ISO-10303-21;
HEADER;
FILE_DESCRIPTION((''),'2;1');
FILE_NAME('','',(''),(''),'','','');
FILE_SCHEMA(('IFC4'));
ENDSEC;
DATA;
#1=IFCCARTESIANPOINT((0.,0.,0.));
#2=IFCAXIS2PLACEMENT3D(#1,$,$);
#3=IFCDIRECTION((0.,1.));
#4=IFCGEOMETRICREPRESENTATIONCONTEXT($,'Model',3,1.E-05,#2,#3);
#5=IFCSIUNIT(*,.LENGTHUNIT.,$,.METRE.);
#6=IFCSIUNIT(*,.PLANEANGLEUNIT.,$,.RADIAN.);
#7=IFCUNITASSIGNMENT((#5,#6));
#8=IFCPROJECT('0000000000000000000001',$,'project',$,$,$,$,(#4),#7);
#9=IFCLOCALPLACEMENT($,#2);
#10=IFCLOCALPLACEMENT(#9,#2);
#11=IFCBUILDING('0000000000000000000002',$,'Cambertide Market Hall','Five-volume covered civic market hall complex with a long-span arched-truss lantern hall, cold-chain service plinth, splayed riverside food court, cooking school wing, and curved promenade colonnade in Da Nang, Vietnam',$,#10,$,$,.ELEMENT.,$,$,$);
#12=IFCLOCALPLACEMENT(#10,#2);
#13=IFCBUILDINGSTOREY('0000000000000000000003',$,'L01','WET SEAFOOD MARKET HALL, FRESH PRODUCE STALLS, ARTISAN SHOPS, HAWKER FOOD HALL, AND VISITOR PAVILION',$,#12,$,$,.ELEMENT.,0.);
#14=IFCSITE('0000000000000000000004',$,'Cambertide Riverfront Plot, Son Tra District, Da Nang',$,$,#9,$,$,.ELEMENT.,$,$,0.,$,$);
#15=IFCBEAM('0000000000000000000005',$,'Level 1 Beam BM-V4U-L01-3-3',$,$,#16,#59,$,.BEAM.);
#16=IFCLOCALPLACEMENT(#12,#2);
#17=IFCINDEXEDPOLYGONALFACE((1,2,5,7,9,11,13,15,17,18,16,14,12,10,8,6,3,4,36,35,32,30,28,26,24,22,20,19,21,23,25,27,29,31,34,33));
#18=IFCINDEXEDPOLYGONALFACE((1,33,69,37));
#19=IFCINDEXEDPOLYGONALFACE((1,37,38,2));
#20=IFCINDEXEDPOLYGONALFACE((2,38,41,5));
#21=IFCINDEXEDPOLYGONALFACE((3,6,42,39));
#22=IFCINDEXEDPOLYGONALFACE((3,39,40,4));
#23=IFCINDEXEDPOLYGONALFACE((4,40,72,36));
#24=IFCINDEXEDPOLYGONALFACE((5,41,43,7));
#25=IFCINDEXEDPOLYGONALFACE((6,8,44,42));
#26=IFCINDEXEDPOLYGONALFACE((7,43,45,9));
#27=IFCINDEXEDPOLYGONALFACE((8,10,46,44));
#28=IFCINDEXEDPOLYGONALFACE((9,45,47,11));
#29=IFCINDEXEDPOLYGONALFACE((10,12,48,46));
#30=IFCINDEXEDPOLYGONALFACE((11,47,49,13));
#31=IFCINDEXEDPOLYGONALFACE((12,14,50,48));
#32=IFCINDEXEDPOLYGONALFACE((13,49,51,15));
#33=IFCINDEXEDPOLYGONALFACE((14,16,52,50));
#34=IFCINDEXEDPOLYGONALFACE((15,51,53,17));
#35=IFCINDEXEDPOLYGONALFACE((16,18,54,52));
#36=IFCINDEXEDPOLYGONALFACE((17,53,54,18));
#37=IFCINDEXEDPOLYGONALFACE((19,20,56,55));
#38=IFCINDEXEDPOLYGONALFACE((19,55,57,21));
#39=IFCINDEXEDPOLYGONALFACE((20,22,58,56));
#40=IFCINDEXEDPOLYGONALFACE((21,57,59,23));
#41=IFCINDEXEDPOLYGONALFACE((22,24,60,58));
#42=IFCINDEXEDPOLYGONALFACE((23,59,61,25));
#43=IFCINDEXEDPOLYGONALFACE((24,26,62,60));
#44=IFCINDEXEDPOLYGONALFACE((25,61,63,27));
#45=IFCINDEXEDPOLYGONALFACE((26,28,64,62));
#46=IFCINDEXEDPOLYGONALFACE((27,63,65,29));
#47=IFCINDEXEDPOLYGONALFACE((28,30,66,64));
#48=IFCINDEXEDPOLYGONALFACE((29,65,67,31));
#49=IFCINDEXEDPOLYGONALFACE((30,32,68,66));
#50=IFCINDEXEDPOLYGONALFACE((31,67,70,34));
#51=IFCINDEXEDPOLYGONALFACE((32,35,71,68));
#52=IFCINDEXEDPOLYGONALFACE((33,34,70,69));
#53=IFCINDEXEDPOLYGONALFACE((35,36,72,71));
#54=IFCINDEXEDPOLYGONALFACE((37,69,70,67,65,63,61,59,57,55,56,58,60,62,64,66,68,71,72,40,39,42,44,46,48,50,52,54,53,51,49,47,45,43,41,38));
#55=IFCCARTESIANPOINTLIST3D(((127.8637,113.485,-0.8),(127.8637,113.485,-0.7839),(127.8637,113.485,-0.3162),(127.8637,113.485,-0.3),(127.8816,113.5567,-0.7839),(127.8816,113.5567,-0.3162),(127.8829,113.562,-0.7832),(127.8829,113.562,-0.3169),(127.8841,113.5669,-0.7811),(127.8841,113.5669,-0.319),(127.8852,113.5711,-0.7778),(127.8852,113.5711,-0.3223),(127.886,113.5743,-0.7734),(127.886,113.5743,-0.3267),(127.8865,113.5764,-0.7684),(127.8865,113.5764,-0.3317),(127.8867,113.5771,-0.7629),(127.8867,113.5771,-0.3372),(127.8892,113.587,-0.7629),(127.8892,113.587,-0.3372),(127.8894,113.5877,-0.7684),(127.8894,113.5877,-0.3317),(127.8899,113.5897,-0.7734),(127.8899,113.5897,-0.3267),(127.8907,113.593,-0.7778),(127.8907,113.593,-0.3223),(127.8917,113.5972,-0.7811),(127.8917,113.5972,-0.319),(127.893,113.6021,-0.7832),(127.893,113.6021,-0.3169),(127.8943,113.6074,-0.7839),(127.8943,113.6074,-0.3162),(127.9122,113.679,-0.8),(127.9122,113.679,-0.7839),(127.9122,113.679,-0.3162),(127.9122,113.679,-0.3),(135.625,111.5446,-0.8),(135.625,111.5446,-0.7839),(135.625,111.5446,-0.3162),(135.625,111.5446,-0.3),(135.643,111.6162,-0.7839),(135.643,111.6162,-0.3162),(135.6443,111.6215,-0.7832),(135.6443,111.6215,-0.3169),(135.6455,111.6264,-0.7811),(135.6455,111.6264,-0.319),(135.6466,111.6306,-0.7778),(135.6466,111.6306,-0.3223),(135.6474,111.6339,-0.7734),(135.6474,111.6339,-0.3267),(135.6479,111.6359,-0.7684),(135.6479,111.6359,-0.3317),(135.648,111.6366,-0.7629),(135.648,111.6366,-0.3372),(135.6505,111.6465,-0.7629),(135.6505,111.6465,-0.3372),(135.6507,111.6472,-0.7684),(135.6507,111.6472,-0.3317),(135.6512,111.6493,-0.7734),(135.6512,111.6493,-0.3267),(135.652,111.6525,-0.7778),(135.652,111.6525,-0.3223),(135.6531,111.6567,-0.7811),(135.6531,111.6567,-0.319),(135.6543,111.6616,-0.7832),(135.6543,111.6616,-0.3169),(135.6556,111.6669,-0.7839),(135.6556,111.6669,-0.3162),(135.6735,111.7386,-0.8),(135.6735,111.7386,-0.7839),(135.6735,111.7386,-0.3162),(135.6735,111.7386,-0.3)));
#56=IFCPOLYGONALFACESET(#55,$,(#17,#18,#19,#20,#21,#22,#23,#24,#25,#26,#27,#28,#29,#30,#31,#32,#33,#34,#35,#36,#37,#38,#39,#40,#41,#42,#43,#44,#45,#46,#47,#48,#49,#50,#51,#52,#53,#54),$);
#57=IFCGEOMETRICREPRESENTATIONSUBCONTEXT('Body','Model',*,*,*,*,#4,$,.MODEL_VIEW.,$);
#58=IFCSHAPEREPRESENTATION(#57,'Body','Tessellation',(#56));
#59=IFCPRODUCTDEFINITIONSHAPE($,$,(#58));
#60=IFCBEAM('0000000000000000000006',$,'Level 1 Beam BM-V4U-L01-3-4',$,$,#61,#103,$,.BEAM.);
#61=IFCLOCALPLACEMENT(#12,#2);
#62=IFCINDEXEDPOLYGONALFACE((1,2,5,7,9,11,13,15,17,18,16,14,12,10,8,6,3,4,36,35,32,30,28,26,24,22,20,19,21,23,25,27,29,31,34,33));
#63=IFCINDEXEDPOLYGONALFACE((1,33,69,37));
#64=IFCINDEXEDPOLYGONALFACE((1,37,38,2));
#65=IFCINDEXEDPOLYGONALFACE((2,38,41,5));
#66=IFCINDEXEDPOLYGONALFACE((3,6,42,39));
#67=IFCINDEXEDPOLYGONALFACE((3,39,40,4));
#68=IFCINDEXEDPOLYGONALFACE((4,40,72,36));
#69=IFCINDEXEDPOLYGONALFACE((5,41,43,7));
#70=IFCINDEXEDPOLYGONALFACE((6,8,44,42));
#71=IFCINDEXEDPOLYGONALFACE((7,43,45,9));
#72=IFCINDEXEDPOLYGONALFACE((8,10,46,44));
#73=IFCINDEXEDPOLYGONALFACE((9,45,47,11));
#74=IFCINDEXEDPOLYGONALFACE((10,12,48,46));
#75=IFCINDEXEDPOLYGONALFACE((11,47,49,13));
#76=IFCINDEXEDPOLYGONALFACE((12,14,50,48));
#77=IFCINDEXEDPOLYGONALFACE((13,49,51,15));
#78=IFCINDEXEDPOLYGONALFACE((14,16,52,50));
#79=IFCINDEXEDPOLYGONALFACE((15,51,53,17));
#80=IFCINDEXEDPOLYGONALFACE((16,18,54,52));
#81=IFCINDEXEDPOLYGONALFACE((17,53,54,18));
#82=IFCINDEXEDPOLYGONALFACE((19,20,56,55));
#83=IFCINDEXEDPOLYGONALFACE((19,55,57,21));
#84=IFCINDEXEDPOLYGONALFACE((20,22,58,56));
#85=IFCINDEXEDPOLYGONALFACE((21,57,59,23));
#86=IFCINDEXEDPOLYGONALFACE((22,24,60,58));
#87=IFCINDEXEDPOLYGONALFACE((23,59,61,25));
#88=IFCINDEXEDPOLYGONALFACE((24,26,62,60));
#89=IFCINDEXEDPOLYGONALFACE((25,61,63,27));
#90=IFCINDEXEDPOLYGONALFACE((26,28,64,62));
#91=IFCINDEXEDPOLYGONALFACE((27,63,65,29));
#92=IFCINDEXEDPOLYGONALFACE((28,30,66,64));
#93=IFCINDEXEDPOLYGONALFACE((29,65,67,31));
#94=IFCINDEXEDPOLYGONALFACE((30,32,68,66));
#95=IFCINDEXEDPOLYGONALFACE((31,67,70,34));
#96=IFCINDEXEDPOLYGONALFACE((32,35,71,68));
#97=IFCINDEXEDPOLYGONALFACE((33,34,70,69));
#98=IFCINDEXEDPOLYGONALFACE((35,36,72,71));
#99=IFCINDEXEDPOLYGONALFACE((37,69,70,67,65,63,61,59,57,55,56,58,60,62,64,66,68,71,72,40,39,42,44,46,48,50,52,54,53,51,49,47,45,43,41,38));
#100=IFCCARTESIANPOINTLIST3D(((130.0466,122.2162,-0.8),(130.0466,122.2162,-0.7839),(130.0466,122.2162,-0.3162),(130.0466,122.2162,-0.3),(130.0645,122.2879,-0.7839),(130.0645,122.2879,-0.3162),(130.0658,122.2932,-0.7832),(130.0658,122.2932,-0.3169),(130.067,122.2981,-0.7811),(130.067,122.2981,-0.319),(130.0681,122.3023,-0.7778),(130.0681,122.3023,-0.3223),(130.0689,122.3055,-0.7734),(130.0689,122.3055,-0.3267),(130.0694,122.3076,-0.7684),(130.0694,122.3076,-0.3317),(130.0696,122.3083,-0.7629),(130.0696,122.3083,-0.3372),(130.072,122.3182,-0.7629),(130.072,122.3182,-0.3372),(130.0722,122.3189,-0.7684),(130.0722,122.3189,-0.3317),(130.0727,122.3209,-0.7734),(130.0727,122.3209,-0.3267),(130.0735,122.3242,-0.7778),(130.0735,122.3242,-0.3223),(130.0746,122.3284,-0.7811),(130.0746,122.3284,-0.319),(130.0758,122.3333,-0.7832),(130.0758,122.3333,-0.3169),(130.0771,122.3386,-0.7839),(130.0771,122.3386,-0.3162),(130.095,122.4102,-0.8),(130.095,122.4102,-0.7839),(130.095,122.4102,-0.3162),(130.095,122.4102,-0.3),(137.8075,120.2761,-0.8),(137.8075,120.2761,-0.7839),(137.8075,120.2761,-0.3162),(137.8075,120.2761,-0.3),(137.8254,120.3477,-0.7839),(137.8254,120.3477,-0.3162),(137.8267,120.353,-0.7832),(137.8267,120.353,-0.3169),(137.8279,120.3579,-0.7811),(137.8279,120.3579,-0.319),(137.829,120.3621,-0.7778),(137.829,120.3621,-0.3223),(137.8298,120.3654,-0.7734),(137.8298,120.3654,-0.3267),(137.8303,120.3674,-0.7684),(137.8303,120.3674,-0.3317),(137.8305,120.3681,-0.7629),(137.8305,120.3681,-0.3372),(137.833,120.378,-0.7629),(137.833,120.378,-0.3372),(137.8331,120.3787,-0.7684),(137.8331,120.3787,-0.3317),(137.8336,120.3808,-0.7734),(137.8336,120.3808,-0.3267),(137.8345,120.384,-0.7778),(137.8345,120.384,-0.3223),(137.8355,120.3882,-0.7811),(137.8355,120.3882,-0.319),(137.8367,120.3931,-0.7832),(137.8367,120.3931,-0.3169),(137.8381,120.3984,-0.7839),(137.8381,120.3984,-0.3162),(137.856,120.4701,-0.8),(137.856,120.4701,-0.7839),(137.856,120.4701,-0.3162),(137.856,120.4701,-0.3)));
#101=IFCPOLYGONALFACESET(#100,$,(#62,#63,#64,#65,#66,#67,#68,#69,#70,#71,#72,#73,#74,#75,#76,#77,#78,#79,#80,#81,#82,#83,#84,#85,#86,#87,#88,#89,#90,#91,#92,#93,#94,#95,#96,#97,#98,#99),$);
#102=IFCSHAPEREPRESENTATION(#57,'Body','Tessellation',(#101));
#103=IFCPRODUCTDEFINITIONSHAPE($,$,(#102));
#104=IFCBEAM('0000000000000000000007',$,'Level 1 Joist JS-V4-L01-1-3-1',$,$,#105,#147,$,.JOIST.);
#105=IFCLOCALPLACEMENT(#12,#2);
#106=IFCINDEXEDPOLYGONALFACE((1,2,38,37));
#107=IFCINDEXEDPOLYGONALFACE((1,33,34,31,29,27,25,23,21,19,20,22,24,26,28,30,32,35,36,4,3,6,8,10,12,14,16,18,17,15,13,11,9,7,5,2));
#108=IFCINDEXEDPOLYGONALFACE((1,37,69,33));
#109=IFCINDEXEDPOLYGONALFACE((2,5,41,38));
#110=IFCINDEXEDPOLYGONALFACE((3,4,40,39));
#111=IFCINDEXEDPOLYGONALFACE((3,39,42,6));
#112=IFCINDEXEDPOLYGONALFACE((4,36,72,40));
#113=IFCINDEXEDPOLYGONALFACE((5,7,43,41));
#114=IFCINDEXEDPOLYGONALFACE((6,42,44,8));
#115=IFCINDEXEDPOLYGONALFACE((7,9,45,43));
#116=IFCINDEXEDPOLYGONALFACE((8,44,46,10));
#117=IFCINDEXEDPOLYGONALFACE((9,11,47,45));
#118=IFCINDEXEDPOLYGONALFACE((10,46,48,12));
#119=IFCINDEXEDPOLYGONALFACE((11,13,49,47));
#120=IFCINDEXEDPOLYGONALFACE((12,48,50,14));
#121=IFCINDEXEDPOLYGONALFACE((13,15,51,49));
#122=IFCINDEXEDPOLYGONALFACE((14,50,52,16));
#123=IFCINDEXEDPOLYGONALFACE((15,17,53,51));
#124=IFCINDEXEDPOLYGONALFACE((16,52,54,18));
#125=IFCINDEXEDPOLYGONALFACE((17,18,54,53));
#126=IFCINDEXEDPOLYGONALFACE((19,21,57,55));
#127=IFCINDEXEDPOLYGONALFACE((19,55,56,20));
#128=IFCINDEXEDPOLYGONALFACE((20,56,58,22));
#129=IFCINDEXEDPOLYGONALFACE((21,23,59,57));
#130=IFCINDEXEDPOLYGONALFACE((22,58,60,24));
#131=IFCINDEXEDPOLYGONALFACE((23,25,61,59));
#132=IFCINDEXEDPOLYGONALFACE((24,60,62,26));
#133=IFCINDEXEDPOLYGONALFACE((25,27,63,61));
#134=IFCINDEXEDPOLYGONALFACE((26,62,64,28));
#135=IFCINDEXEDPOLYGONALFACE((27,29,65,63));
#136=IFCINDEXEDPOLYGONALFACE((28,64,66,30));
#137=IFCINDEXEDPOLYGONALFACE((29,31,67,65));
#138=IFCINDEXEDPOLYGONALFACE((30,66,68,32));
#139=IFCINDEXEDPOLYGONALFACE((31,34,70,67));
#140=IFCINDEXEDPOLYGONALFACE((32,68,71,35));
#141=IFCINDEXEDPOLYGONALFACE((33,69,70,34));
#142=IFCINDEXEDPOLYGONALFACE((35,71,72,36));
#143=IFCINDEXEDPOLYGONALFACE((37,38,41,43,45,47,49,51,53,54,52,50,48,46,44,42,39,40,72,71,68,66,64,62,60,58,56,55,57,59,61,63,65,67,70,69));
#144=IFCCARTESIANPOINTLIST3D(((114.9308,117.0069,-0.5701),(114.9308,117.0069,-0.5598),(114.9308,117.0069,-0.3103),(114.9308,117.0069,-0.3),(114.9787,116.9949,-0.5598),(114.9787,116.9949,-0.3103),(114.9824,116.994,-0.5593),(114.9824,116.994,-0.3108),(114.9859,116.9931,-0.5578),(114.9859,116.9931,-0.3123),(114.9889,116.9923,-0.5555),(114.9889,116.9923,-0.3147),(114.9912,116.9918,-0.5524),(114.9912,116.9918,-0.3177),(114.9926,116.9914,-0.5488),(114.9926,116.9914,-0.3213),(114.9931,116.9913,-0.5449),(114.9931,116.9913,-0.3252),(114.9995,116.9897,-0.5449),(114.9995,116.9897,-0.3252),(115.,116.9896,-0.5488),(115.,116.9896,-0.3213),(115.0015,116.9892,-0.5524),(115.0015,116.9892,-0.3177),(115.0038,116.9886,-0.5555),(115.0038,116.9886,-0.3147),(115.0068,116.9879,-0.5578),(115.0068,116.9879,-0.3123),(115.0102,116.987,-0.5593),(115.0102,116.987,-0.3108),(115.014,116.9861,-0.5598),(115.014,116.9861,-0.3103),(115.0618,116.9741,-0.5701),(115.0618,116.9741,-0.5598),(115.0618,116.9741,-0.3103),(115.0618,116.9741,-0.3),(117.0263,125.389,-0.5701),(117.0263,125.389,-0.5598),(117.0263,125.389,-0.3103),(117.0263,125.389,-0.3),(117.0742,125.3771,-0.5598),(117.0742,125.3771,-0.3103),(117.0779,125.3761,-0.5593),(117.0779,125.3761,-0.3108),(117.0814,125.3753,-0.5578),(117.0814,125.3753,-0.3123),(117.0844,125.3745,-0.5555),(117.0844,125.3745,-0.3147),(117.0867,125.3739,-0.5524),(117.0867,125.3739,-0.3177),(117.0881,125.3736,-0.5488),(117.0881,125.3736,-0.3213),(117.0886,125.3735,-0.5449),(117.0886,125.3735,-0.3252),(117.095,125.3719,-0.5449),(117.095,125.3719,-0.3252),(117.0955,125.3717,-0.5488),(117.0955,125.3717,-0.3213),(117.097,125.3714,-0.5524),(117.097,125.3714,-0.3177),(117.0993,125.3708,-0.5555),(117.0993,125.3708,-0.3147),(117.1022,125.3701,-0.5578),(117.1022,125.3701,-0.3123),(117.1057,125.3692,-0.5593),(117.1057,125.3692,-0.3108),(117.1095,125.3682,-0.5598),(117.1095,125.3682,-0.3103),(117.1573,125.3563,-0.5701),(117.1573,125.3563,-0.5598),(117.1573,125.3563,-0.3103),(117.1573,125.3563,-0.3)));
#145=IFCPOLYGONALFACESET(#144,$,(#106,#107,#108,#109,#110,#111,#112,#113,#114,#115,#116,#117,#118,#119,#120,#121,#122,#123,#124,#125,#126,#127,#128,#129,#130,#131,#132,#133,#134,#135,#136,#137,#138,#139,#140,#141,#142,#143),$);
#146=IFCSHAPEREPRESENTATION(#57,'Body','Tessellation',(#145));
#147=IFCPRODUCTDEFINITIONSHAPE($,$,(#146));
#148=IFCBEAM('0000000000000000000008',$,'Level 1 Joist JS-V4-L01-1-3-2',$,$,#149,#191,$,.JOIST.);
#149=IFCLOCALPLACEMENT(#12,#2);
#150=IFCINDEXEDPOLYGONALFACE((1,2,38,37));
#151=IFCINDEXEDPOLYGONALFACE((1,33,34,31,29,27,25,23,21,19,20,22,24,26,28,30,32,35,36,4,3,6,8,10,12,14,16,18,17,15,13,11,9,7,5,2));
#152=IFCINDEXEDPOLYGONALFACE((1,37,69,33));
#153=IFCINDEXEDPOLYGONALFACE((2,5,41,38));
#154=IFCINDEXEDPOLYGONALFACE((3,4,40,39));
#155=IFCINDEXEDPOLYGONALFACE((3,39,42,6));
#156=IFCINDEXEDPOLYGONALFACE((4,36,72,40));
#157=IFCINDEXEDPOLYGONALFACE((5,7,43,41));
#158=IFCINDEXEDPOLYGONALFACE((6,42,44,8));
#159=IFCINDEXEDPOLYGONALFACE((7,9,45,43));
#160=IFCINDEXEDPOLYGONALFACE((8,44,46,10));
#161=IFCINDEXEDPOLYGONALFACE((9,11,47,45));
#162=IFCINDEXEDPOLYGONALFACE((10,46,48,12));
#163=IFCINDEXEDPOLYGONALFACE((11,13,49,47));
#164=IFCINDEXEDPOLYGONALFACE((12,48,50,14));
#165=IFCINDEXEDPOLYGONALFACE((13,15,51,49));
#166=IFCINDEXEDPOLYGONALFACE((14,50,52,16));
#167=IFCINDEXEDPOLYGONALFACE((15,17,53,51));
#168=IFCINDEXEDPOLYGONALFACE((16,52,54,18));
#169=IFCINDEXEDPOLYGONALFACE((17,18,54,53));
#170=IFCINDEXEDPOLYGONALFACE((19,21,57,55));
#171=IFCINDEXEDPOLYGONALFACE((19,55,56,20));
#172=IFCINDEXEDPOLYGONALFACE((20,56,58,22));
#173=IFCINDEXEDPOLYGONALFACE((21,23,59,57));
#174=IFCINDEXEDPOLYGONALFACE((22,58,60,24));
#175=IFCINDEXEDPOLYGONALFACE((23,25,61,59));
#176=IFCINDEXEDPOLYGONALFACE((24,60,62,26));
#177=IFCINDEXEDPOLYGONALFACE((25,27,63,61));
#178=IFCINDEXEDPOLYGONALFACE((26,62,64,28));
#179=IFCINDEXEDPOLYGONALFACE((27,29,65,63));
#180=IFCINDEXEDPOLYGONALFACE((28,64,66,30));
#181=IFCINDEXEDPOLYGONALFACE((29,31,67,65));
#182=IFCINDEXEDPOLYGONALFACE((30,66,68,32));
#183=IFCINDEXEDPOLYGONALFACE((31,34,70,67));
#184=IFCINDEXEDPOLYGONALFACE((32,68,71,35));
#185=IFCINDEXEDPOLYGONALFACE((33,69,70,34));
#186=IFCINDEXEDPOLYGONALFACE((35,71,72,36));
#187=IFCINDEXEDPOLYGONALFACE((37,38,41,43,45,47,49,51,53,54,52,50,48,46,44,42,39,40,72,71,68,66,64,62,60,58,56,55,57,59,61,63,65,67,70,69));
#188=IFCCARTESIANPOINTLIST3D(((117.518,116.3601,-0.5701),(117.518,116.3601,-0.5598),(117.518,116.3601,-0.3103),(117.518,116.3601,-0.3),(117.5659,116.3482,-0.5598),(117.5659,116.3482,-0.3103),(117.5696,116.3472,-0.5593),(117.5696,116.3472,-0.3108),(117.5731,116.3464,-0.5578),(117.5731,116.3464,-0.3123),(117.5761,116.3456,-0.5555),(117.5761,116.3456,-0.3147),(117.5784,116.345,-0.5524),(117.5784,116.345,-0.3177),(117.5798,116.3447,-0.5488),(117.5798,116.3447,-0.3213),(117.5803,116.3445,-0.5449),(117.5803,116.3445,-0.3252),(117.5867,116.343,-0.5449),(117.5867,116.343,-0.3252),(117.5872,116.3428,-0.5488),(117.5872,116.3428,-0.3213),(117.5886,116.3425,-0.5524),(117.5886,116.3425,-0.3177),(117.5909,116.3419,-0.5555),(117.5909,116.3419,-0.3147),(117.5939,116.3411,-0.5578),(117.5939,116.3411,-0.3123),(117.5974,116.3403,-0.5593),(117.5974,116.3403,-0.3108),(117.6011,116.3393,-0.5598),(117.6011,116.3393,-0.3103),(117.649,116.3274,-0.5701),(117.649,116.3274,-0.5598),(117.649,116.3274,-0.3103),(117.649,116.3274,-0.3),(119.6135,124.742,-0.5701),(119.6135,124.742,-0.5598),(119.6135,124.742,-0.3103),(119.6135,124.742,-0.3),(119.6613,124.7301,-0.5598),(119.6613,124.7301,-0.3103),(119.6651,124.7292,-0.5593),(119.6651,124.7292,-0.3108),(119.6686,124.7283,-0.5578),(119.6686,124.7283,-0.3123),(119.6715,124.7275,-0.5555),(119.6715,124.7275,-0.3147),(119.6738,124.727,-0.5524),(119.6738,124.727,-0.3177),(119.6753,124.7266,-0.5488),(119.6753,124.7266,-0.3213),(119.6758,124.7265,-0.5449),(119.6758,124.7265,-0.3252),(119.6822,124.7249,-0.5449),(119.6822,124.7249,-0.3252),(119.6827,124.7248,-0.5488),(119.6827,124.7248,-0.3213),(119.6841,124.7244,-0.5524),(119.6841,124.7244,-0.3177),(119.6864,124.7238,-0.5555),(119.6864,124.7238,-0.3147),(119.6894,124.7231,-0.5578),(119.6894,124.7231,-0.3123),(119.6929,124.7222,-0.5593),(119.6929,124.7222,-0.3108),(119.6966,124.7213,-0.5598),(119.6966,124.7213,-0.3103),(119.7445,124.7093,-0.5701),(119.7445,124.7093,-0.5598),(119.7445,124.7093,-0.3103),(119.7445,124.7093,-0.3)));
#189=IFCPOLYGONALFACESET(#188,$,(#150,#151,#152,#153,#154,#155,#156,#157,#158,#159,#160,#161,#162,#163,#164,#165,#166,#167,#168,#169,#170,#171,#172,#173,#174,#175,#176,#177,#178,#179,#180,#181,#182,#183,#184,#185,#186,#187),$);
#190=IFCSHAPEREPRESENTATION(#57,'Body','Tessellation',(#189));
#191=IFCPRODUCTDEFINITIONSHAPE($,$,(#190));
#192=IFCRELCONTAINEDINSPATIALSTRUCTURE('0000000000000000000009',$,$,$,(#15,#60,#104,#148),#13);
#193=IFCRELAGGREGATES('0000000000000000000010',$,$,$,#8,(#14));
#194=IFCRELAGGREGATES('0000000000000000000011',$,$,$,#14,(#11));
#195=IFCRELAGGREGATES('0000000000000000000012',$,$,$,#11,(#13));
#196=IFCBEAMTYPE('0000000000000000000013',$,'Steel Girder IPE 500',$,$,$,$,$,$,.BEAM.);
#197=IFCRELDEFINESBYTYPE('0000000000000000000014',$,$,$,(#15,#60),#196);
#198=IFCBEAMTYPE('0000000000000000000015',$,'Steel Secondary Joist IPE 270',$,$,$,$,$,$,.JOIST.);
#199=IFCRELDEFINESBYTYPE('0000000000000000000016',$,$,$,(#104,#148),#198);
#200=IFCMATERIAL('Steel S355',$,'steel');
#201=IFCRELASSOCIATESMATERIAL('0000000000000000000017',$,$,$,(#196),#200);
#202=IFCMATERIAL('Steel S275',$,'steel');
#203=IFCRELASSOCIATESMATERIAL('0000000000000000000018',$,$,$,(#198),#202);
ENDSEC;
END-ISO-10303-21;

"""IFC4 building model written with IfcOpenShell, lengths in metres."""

from ifc_helpers import new_model, si_unit, direction, frame, origin, origin_2d, place, context, subcontext, project, spatial, i_section, extrude, material, material_profile, profile_set, type_object, element, save


model = new_model("IFC4")

# Units and contexts
model_context = context("Model", 3, precision=1e-05, world=origin(), true_north=direction((0.0, 1.0)))
body_context = subcontext(model_context, "Body", "Model", "MODEL_VIEW")
ifc_project = project(units=[si_unit("LENGTHUNIT", "METRE"), si_unit("PLANEANGLEUNIT", "RADIAN")], contexts=[model_context])

# Site, building, storey
site_placement = place(None, origin())
site = spatial("IfcSite", under=ifc_project, at=site_placement, Name="Cambertide Riverfront Plot, Son Tra District, Da Nang", CompositionType="ELEMENT", RefElevation=0.0)
building_placement = place(site_placement, origin())
building = spatial("IfcBuilding", under=site, at=building_placement, Name="Cambertide Market Hall", Description="Five-volume covered civic market hall complex with a long-span arched-truss lantern hall, cold-chain service plinth, splayed riverside food court, cooking school wing, and curved promenade colonnade in Da Nang, Vietnam", CompositionType="ELEMENT")
storey_placement = place(building_placement, origin())
storey = spatial("IfcBuildingStorey", under=building, at=storey_placement, Name="L01", Description="WET SEAFOOD MARKET HALL, FRESH PRODUCE STALLS, ARTISAN SHOPS, HAWKER FOOD HALL, AND VISITOR PAVILION", CompositionType="ELEMENT", Elevation=0.0)

# Beams
ifc_material_1 = material(Name="Steel S355", Category="steel")
ifc_material_profile_1 = material_profile(ifc_material_1, i_section(OverallWidth=0.2, OverallDepth=0.5, WebThickness=0.0103, FlangeThickness=0.0161, FilletRadius=0.021, at=origin_2d()), Name="IPE 500")
ifc_profile_set_1 = profile_set([ifc_material_profile_1], Name="Steel S355")
beam_type_1 = type_object("IfcBeamType", Name="Steel Girder IPE 500", PredefinedType="BEAM", material=ifc_profile_set_1)
for number, where, z_axis, x_axis, name in (
    (1, (127.8879, 113.582, -0.55), (0.970139, -0.24255, 0.0), (0.24255, 0.970139, 0.0), "Level 1 Beam BM-V4U-L01-3-3"),
):
    element("IfcBeam", number, at=place(storey_placement, frame(where, z_axis=z_axis, x_axis=x_axis)), inside=storey, type_object=beam_type_1, Name=name, PredefinedType="BEAM", context=body_context, shape_type="SweptSolid", body=[
        extrude(i_section(OverallWidth=0.2, OverallDepth=0.5, WebThickness=0.0103, FlangeThickness=0.0161, FilletRadius=0.021, at=origin_2d()), origin(), (0.0, 0.0, 1.0), 8.0002),
    ])
beam_1_placement = place(storey_placement, frame((130.0708, 122.3132, -0.55), z_axis=(0.970144, -0.242528, 0.0), x_axis=(0.242528, 0.970144, 0.0)))
element("IfcBeam", 2, at=beam_1_placement, inside=storey, type_object=beam_type_1, Name="Level 1 Beam BM-V4U-L01-3-4", PredefinedType="BEAM", context=body_context, shape_type="SweptSolid", body=[
    extrude(i_section(OverallWidth=0.2, OverallDepth=0.5, WebThickness=0.0103, FlangeThickness=0.0161, FilletRadius=0.021, at=origin_2d()), origin(), (0.0, 0.0, 1.0), 7.9998),
])
ifc_material_2 = material(Name="Steel S275", Category="steel")
ifc_material_profile_2 = material_profile(ifc_material_2, i_section(OverallWidth=0.135, OverallDepth=0.27, WebThickness=0.0066, FlangeThickness=0.0103, FilletRadius=0.0149, at=origin_2d()), Name="IPE 270")
ifc_profile_set_2 = profile_set([ifc_material_profile_2], Name="Steel S275")
beam_type_2 = type_object("IfcBeamType", Name="Steel Secondary Joist IPE 270", PredefinedType="JOIST", material=ifc_profile_set_2)
beam_2_placement = place(storey_placement, frame((114.9963, 116.9905, -0.4351), z_axis=(0.242529, 0.970144, 0.0), x_axis=(-0.970144, 0.242529, 0.0)))
element("IfcBeam", 3, at=beam_2_placement, inside=storey, type_object=beam_type_2, Name="Level 1 Joist JS-V4-L01-1-3-1", PredefinedType="JOIST", context=body_context, shape_type="SweptSolid", body=[
    extrude(i_section(OverallWidth=0.135, OverallDepth=0.27, WebThickness=0.0066, FlangeThickness=0.0103, FilletRadius=0.0149, at=origin_2d()), origin(), (0.0, 0.0, 1.0), 8.6401),
])
beam_3_placement = place(storey_placement, frame((117.5835, 116.3438, -0.4351), z_axis=(0.242536, 0.970143, 0.0), x_axis=(-0.970143, 0.242536, 0.0)))
element("IfcBeam", 4, at=beam_3_placement, inside=storey, type_object=beam_type_2, Name="Level 1 Joist JS-V4-L01-1-3-2", PredefinedType="JOIST", context=body_context, shape_type="SweptSolid", body=[
    extrude(i_section(OverallWidth=0.135, OverallDepth=0.27, WebThickness=0.0066, FlangeThickness=0.0103, FilletRadius=0.0149, at=origin_2d()), origin(), (0.0, 0.0, 1.0), 8.6399),
])

save(model, "model.ifc")
